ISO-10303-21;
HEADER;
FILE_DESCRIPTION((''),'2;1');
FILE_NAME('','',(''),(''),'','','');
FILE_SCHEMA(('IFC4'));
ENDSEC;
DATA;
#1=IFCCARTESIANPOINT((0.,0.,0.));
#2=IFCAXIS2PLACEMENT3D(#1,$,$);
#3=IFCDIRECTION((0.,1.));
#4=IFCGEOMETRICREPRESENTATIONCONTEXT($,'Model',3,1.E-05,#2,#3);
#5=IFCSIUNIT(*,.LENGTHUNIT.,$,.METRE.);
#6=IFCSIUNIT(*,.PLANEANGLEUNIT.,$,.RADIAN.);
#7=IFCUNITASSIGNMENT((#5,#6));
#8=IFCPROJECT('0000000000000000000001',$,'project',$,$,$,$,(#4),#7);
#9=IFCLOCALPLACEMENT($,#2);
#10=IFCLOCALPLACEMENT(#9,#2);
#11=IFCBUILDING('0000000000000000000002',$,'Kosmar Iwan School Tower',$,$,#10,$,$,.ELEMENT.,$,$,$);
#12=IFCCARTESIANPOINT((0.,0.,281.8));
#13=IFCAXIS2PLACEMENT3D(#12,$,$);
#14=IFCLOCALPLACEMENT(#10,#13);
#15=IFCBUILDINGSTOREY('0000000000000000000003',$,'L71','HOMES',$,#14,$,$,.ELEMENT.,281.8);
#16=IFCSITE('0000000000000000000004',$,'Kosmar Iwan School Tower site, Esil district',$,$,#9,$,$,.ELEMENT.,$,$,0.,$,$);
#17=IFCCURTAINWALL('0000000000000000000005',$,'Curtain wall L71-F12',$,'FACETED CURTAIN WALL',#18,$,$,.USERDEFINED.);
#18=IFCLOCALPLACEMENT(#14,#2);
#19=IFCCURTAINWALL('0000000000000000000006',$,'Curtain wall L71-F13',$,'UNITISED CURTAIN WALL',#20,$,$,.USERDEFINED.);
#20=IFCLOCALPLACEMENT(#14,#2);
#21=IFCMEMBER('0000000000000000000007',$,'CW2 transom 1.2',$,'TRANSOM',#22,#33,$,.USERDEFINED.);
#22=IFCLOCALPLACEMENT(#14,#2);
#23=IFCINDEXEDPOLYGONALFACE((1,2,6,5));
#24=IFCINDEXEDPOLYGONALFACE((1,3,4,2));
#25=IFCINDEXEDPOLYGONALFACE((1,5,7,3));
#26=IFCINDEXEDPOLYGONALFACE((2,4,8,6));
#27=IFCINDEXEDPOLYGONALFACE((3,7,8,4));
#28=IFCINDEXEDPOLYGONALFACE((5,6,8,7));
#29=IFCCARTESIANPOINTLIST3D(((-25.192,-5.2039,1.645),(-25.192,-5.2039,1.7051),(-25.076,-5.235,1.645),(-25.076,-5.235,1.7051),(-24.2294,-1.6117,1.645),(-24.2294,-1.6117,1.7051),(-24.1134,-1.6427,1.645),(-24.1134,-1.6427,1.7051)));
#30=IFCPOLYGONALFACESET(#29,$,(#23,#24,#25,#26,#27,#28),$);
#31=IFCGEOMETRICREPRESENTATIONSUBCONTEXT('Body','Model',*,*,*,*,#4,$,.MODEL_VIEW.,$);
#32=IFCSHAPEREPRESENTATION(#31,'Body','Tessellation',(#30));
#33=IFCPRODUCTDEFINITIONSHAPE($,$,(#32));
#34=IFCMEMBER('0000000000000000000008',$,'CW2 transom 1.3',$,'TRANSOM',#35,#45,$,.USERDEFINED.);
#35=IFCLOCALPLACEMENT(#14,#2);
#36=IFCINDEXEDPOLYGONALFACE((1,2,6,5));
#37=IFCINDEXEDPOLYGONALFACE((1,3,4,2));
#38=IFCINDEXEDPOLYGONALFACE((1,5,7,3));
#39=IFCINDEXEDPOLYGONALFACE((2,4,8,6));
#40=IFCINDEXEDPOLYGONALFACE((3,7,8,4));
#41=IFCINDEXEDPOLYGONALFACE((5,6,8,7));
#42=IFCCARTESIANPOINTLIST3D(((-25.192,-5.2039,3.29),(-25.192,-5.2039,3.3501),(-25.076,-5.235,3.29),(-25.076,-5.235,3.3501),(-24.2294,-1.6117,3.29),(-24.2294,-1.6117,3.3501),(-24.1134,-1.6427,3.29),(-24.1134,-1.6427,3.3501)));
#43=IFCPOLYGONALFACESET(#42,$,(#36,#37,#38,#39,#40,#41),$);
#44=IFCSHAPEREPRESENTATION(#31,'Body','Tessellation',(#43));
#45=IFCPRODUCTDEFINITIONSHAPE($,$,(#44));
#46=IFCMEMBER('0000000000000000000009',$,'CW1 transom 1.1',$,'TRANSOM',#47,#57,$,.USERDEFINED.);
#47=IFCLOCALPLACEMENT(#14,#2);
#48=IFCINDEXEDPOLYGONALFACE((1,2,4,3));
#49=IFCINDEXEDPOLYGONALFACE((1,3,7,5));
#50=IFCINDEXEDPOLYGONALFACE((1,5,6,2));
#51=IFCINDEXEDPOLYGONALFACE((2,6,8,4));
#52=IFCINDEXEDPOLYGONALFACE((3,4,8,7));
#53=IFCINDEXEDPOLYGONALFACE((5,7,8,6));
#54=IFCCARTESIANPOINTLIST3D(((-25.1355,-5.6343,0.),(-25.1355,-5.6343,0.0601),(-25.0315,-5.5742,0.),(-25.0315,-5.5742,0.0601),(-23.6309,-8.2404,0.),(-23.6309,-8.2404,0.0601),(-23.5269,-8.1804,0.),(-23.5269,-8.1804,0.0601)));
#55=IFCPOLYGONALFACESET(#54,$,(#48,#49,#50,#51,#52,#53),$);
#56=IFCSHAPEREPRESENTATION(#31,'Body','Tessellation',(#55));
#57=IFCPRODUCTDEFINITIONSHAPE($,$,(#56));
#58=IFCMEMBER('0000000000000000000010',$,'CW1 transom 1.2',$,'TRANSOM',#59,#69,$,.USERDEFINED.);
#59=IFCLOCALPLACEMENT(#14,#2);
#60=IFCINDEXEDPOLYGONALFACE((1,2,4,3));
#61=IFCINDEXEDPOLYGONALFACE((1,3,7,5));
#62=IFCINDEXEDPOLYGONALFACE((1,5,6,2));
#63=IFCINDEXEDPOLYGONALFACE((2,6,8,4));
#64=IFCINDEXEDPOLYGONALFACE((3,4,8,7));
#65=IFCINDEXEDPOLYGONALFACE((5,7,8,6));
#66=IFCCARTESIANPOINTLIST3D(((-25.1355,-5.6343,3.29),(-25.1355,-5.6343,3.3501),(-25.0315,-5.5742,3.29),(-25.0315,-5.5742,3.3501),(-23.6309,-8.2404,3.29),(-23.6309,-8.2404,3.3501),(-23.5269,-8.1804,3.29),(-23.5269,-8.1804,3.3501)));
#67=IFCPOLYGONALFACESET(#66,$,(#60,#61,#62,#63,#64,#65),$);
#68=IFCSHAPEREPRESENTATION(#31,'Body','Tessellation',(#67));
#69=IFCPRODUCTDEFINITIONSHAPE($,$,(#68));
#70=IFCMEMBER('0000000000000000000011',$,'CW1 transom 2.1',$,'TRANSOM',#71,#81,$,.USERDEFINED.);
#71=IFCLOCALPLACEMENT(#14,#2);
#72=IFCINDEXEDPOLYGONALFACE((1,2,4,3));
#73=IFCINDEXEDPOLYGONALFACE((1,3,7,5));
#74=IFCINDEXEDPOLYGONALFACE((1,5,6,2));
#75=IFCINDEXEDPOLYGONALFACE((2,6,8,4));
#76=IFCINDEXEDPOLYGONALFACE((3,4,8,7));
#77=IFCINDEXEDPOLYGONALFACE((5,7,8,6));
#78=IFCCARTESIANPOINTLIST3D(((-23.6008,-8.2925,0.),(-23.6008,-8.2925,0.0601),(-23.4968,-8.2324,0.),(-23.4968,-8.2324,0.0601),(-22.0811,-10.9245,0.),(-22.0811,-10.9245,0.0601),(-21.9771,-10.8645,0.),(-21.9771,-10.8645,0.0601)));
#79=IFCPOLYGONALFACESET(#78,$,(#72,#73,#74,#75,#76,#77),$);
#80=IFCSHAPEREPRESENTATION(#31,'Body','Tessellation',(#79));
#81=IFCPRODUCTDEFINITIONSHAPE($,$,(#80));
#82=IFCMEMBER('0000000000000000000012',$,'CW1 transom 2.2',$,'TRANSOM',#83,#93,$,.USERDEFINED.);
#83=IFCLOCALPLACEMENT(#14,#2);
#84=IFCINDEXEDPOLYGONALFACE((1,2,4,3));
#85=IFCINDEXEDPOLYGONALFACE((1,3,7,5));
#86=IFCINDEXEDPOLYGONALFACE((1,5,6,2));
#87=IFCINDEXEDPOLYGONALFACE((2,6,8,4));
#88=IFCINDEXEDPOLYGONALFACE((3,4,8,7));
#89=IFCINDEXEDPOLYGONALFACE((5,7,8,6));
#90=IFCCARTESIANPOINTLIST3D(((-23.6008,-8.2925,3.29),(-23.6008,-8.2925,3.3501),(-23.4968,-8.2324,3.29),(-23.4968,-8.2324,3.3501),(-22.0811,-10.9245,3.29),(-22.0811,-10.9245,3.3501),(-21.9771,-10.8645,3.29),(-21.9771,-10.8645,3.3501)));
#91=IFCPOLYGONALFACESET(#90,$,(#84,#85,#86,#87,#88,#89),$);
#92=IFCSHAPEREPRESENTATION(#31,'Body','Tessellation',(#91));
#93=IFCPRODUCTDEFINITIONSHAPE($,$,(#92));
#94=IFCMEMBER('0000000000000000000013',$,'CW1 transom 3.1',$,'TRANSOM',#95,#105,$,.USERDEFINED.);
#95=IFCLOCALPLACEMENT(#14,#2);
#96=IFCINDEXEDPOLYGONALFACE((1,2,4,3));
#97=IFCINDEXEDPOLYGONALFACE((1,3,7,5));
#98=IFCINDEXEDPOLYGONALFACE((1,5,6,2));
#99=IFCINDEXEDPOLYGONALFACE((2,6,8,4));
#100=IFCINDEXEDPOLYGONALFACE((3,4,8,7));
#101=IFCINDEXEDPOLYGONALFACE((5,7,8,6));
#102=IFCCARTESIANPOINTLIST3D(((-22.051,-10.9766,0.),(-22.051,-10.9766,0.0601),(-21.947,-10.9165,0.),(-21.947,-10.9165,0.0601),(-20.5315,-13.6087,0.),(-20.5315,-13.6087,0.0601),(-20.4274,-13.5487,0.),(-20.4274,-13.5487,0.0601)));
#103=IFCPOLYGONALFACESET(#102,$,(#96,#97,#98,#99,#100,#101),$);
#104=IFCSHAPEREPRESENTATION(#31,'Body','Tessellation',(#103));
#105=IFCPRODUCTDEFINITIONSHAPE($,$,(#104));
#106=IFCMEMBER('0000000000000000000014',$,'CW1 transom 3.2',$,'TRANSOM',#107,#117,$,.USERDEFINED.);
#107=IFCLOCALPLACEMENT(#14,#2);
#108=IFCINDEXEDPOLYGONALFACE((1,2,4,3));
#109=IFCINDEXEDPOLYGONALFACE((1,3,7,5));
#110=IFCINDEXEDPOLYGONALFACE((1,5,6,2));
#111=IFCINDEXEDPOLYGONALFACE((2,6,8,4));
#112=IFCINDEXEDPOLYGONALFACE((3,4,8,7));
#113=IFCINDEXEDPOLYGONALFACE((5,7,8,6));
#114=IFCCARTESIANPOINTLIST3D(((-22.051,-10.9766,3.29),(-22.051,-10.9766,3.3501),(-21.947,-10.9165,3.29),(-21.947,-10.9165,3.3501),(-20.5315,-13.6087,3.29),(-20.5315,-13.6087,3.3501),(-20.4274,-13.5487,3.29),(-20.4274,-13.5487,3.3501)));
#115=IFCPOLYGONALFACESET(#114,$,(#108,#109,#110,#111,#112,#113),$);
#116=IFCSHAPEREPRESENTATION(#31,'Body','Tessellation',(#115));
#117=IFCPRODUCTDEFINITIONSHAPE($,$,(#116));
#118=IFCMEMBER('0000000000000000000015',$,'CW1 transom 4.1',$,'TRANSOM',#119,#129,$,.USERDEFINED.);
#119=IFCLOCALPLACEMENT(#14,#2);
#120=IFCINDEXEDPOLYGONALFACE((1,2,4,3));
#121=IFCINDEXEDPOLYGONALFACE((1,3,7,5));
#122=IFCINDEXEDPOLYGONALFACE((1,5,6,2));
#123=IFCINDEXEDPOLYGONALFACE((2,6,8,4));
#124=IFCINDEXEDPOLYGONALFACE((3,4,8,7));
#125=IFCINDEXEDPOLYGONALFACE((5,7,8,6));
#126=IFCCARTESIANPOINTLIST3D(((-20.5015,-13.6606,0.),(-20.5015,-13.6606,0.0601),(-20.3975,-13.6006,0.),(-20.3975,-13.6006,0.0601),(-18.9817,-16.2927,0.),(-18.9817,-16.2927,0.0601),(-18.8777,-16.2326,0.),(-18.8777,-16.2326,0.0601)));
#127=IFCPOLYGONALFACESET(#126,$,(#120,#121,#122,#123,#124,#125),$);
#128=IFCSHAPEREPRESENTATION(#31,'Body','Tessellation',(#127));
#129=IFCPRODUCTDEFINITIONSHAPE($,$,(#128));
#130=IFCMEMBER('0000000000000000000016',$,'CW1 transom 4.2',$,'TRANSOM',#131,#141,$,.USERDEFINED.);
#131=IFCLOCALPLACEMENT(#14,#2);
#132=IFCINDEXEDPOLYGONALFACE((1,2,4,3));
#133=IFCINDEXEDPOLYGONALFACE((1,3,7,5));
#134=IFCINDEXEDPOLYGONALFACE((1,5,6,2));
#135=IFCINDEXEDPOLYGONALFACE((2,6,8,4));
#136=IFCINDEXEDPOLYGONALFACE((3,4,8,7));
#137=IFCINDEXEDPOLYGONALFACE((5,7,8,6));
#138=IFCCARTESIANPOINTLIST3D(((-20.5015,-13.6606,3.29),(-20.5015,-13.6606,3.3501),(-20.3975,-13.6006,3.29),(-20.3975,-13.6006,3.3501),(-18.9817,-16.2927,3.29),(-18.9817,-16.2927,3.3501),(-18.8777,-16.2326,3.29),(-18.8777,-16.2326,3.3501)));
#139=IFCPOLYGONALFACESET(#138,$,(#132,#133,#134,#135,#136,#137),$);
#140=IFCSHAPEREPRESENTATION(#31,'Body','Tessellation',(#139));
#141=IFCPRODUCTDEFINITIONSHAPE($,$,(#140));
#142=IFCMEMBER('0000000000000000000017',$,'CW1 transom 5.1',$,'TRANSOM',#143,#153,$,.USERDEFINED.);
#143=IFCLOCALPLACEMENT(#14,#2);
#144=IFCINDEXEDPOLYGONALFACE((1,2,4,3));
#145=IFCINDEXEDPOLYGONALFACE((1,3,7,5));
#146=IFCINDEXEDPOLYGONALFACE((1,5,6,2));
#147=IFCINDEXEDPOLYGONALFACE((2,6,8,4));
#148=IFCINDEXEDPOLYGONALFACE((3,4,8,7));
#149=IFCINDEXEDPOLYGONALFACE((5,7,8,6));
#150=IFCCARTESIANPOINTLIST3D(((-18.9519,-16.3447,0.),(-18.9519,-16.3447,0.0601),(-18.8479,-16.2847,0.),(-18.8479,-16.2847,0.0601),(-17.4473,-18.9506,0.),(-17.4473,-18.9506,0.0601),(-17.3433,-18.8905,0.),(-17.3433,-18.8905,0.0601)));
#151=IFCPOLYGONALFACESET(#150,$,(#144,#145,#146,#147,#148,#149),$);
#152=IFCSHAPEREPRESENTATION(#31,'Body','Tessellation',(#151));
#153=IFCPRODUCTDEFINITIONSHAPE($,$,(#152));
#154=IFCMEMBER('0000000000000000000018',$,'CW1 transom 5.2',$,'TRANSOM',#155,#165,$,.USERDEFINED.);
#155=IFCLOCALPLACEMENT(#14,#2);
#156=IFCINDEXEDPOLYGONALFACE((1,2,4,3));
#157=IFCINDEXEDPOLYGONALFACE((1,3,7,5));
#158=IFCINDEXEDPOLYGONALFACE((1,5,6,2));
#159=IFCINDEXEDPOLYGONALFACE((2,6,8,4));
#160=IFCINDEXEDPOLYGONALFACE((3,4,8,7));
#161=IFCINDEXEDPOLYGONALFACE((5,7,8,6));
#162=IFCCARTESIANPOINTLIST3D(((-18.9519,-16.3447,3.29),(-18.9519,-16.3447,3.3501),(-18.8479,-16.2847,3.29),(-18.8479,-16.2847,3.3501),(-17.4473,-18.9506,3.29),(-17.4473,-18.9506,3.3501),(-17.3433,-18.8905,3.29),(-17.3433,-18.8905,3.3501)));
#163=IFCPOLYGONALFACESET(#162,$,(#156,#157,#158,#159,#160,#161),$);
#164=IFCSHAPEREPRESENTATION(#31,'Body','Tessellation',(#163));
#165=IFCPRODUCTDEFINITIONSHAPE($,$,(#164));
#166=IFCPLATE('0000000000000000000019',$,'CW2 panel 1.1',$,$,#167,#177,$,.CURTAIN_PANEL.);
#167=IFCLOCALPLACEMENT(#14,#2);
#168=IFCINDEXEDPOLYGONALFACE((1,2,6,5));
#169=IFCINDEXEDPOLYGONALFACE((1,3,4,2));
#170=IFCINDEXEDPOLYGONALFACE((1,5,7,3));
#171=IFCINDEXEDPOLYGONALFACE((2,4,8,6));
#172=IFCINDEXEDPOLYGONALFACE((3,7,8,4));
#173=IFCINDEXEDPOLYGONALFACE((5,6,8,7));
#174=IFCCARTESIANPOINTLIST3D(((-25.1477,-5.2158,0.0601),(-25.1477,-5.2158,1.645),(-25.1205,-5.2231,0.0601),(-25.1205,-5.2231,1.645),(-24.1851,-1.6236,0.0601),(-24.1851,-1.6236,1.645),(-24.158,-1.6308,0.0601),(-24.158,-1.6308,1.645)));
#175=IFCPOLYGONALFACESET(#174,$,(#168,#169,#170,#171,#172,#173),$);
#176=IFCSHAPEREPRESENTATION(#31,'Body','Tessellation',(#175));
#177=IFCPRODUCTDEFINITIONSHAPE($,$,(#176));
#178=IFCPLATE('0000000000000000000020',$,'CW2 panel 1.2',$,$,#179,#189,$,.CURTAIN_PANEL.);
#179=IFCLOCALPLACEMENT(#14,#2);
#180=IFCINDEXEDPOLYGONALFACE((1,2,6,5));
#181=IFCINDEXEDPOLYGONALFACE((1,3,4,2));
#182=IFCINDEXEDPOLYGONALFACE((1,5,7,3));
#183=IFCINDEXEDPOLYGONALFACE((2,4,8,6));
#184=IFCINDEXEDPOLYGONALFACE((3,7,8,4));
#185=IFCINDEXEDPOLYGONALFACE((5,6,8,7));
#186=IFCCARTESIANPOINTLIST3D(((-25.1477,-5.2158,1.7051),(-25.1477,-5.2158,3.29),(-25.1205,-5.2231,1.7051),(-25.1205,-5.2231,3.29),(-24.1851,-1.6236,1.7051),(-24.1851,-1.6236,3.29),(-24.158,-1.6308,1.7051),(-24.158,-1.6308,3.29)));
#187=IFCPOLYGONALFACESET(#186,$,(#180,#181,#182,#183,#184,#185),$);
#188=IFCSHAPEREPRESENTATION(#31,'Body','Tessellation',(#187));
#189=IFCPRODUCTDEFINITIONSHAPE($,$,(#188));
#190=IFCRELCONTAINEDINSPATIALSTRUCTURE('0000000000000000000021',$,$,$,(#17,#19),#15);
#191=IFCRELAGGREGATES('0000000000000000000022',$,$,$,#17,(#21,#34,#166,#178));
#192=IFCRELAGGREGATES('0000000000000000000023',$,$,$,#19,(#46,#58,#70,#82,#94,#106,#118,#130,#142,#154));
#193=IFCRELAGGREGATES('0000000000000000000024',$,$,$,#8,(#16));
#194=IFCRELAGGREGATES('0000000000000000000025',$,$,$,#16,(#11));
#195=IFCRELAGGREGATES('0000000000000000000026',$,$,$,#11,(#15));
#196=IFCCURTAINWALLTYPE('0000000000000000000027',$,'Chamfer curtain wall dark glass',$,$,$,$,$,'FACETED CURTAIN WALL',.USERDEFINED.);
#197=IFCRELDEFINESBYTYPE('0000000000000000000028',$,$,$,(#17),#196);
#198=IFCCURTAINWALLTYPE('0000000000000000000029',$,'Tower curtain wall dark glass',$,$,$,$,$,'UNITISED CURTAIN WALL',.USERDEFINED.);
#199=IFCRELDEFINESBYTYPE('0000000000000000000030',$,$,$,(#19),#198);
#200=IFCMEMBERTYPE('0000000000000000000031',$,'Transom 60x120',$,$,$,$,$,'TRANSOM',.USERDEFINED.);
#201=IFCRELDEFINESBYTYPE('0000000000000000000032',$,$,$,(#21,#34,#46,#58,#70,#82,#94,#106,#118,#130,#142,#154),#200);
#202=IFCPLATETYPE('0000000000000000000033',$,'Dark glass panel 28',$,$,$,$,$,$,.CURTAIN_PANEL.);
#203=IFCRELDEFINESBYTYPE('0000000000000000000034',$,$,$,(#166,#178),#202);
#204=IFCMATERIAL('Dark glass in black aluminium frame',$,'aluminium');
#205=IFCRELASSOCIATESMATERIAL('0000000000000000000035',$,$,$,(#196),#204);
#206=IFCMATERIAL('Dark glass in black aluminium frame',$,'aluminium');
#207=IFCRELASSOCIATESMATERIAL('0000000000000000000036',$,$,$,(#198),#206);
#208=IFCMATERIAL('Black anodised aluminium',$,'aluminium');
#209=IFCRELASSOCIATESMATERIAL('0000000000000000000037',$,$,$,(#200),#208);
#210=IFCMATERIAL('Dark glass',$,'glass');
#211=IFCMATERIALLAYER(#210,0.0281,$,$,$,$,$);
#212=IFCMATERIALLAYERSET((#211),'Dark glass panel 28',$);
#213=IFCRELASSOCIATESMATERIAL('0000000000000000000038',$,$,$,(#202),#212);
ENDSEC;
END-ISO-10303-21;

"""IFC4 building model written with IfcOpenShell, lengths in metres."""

from ifc_helpers import new_model, si_unit, direction, frame, origin, origin_2d, place, context, subcontext, project, spatial, rectangle, extrude, material, layer, layer_set, material_profile, profile_set, type_object, element, aggregate, save


model = new_model("IFC4")

# Units and contexts
model_context = context("Model", 3, precision=1e-05, world=origin(), true_north=direction((0.0, 1.0)))
body_context = subcontext(model_context, "Body", "Model", "MODEL_VIEW")
ifc_project = project(units=[si_unit("LENGTHUNIT", "METRE"), si_unit("PLANEANGLEUNIT", "RADIAN")], contexts=[model_context])

# Site, building, storey
site_placement = place(None, origin())
site = spatial("IfcSite", under=ifc_project, at=site_placement, Name="Kosmar Iwan School Tower site, Esil district", CompositionType="ELEMENT", RefElevation=0.0)
building_placement = place(site_placement, origin())
building = spatial("IfcBuilding", under=site, at=building_placement, Name="Kosmar Iwan School Tower", CompositionType="ELEMENT")
storey_placement = place(building_placement, frame((0.0, 0.0, 281.8)))
storey = spatial("IfcBuildingStorey", under=building, at=storey_placement, Name="L71", Description="HOMES", CompositionType="ELEMENT", Elevation=281.8)

# Curtain wall
ifc_material_1 = material(Name="Dark glass in black aluminium frame", Category="aluminium")
curtain_wall_type_1 = type_object("IfcCurtainWallType", Name="Chamfer curtain wall dark glass", ElementType="FACETED CURTAIN WALL", PredefinedType="USERDEFINED", material=ifc_material_1)
curtain_wall_1_placement = place(storey_placement, origin())
curtain_wall_1 = element("IfcCurtainWall", 1, at=curtain_wall_1_placement, inside=storey, type_object=curtain_wall_type_1, Name="Curtain wall L71-F12", ObjectType="FACETED CURTAIN WALL", PredefinedType="USERDEFINED")

# Curtain wall
ifc_material_2 = material(Name="Dark glass in black aluminium frame", Category="aluminium")
curtain_wall_type_2 = type_object("IfcCurtainWallType", Name="Tower curtain wall dark glass", ElementType="UNITISED CURTAIN WALL", PredefinedType="USERDEFINED", material=ifc_material_2)
curtain_wall_2_placement = place(storey_placement, origin())
curtain_wall_2 = element("IfcCurtainWall", 2, at=curtain_wall_2_placement, inside=storey, type_object=curtain_wall_type_2, Name="Curtain wall L71-F13", ObjectType="UNITISED CURTAIN WALL", PredefinedType="USERDEFINED")

# Members
ifc_material_3 = material(Name="Black anodised aluminium", Category="aluminium")
ifc_material_profile_1 = material_profile(ifc_material_3, rectangle(XDim=0.1201, YDim=0.0601, at=origin_2d()), Name="TRANSOM 60x120")
ifc_profile_set_1 = profile_set([ifc_material_profile_1], Name="Black anodised aluminium")
member_type_1 = type_object("IfcMemberType", Name="Transom 60x120", ElementType="TRANSOM", PredefinedType="USERDEFINED", material=ifc_profile_set_1)
member_1_placement = place(storey_placement, frame((-24.1714, -1.6272, 1.675), z_axis=(-0.258843, -0.965919, 0.0), x_axis=(0.965919, -0.258843, 0.0)))
member_1 = element("IfcMember", 3, at=member_1_placement, type_object=member_type_1, Name="CW2 transom 1.2", ObjectType="TRANSOM", PredefinedType="USERDEFINED", context=body_context, shape_type="SweptSolid", body=[
    extrude(rectangle(XDim=0.1201, YDim=0.0601, at=origin_2d()), origin(), (0.0, 0.0, 1.0), 3.719),
])
member_2_placement = place(storey_placement, frame((-24.1714, -1.6272, 3.3201), z_axis=(-0.258843, -0.965919, 0.0), x_axis=(0.965919, -0.258843, 0.0)))
member_2 = element("IfcMember", 4, at=member_2_placement, type_object=member_type_1, Name="CW2 transom 1.3", ObjectType="TRANSOM", PredefinedType="USERDEFINED", context=body_context, shape_type="SweptSolid", body=[
    extrude(rectangle(XDim=0.1201, YDim=0.0601, at=origin_2d()), origin(), (0.0, 0.0, 1.0), 3.719),
])
member_3_placement = place(storey_placement, frame((-25.0835, -5.6042, 0.03), z_axis=(0.499987, -0.866033, 0.0), x_axis=(0.866033, 0.499987, 0.0)))
member_3 = element("IfcMember", 5, at=member_3_placement, type_object=member_type_1, Name="CW1 transom 1.1", ObjectType="TRANSOM", PredefinedType="USERDEFINED", context=body_context, shape_type="SweptSolid", body=[
    extrude(rectangle(XDim=0.1201, YDim=0.0601, at=origin_2d()), origin(), (0.0, 0.0, 1.0), 3.0093),
])
member_4_placement = place(storey_placement, frame((-25.0835, -5.6042, 3.3201), z_axis=(0.499987, -0.866033, 0.0), x_axis=(0.866033, 0.499987, 0.0)))
member_4 = element("IfcMember", 6, at=member_4_placement, type_object=member_type_1, Name="CW1 transom 1.2", ObjectType="TRANSOM", PredefinedType="USERDEFINED", context=body_context, shape_type="SweptSolid", body=[
    extrude(rectangle(XDim=0.1201, YDim=0.0601, at=origin_2d()), origin(), (0.0, 0.0, 1.0), 3.0093),
])
member_5_placement = place(storey_placement, frame((-23.5488, -8.2625, 0.03), z_axis=(0.500035, -0.866005, 0.0), x_axis=(0.866005, 0.500035, 0.0)))
member_5 = element("IfcMember", 7, at=member_5_placement, type_object=member_type_1, Name="CW1 transom 2.1", ObjectType="TRANSOM", PredefinedType="USERDEFINED", context=body_context, shape_type="SweptSolid", body=[
    extrude(rectangle(XDim=0.1201, YDim=0.0601, at=origin_2d()), origin(), (0.0, 0.0, 1.0), 3.0393),
])
member_6_placement = place(storey_placement, frame((-23.5488, -8.2625, 3.3201), z_axis=(0.500035, -0.866005, 0.0), x_axis=(0.866005, 0.500035, 0.0)))
member_6 = element("IfcMember", 8, at=member_6_placement, type_object=member_type_1, Name="CW1 transom 2.2", ObjectType="TRANSOM", PredefinedType="USERDEFINED", context=body_context, shape_type="SweptSolid", body=[
    extrude(rectangle(XDim=0.1201, YDim=0.0601, at=origin_2d()), origin(), (0.0, 0.0, 1.0), 3.0393),
])
member_7_placement = place(storey_placement, frame((-21.999, -10.9465, 0.03), z_axis=(0.499975, -0.86604, 0.0), x_axis=(0.86604, 0.499975, 0.0)))
member_7 = element("IfcMember", 9, at=member_7_placement, type_object=member_type_1, Name="CW1 transom 3.1", ObjectType="TRANSOM", PredefinedType="USERDEFINED", context=body_context, shape_type="SweptSolid", body=[
    extrude(rectangle(XDim=0.1201, YDim=0.0601, at=origin_2d()), origin(), (0.0, 0.0, 1.0), 3.0393),
])
member_8_placement = place(storey_placement, frame((-21.999, -10.9465, 3.3201), z_axis=(0.499975, -0.86604, 0.0), x_axis=(0.86604, 0.499975, 0.0)))
member_8 = element("IfcMember", 10, at=member_8_placement, type_object=member_type_1, Name="CW1 transom 3.2", ObjectType="TRANSOM", PredefinedType="USERDEFINED", context=body_context, shape_type="SweptSolid", body=[
    extrude(rectangle(XDim=0.1201, YDim=0.0601, at=origin_2d()), origin(), (0.0, 0.0, 1.0), 3.0393),
])
member_9_placement = place(storey_placement, frame((-20.4495, -13.6306, 0.03), z_axis=(0.500035, -0.866005, 0.0), x_axis=(0.866005, 0.500035, 0.0)))
member_9 = element("IfcMember", 11, at=member_9_placement, type_object=member_type_1, Name="CW1 transom 4.1", ObjectType="TRANSOM", PredefinedType="USERDEFINED", context=body_context, shape_type="SweptSolid", body=[
    extrude(rectangle(XDim=0.1201, YDim=0.0601, at=origin_2d()), origin(), (0.0, 0.0, 1.0), 3.0393),
])
member_10_placement = place(storey_placement, frame((-20.4495, -13.6306, 3.3201), z_axis=(0.500035, -0.866005, 0.0), x_axis=(0.866005, 0.500035, 0.0)))
member_10 = element("IfcMember", 12, at=member_10_placement, type_object=member_type_1, Name="CW1 transom 4.2", ObjectType="TRANSOM", PredefinedType="USERDEFINED", context=body_context, shape_type="SweptSolid", body=[
    extrude(rectangle(XDim=0.1201, YDim=0.0601, at=origin_2d()), origin(), (0.0, 0.0, 1.0), 3.0393),
])
member_11_placement = place(storey_placement, frame((-18.8999, -16.3147, 0.03), z_axis=(0.500022, -0.866013, 0.0), x_axis=(0.866013, 0.500022, 0.0)))
member_11 = element("IfcMember", 13, at=member_11_placement, type_object=member_type_1, Name="CW1 transom 5.1", ObjectType="TRANSOM", PredefinedType="USERDEFINED", context=body_context, shape_type="SweptSolid", body=[
    extrude(rectangle(XDim=0.1201, YDim=0.0601, at=origin_2d()), origin(), (0.0, 0.0, 1.0), 3.009),
])
member_12_placement = place(storey_placement, frame((-18.8999, -16.3147, 3.3201), z_axis=(0.500022, -0.866013, 0.0), x_axis=(0.866013, 0.500022, 0.0)))
member_12 = element("IfcMember", 14, at=member_12_placement, type_object=member_type_1, Name="CW1 transom 5.2", ObjectType="TRANSOM", PredefinedType="USERDEFINED", context=body_context, shape_type="SweptSolid", body=[
    extrude(rectangle(XDim=0.1201, YDim=0.0601, at=origin_2d()), origin(), (0.0, 0.0, 1.0), 3.009),
])

# Plates
ifc_material_4 = material(Name="Dark glass", Category="glass")
ifc_layer_1 = layer(ifc_material_4, 0.0281)
ifc_layer_set_1 = layer_set([ifc_layer_1], Name="Dark glass panel 28")
plate_type = type_object("IfcPlateType", Name="Dark glass panel 28", PredefinedType="CURTAIN_PANEL", material=ifc_layer_set_1)
plate_1_placement = place(storey_placement, frame((-24.6528, -3.4233, 0.0601), z_axis=(0.0, 0.0, 1.0), x_axis=(-0.258819, -0.965926, 0.0)))
plate_1 = element("IfcPlate", 15, at=plate_1_placement, type_object=plate_type, Name="CW2 panel 1.1", PredefinedType="CURTAIN_PANEL", context=body_context, shape_type="SweptSolid", body=[
    extrude(rectangle(XDim=3.719, YDim=0.0281, at=origin_2d()), origin(), (0.0, 0.0, 1.0), 1.585),
])
plate_2_placement = place(storey_placement, frame((-24.6528, -3.4233, 1.7051), z_axis=(0.0, 0.0, 1.0), x_axis=(-0.258819, -0.965926, 0.0)))
plate_2 = element("IfcPlate", 16, at=plate_2_placement, type_object=plate_type, Name="CW2 panel 1.2", PredefinedType="CURTAIN_PANEL", context=body_context, shape_type="SweptSolid", body=[
    extrude(rectangle(XDim=3.719, YDim=0.0281, at=origin_2d()), origin(), (0.0, 0.0, 1.0), 1.585),
])
aggregate(curtain_wall_1, [member_1, member_2, plate_1, plate_2])
aggregate(curtain_wall_2, [member_3, member_4, member_5, member_6, member_7, member_8, member_9, member_10, member_11, member_12])

save(model, "model.ifc")
